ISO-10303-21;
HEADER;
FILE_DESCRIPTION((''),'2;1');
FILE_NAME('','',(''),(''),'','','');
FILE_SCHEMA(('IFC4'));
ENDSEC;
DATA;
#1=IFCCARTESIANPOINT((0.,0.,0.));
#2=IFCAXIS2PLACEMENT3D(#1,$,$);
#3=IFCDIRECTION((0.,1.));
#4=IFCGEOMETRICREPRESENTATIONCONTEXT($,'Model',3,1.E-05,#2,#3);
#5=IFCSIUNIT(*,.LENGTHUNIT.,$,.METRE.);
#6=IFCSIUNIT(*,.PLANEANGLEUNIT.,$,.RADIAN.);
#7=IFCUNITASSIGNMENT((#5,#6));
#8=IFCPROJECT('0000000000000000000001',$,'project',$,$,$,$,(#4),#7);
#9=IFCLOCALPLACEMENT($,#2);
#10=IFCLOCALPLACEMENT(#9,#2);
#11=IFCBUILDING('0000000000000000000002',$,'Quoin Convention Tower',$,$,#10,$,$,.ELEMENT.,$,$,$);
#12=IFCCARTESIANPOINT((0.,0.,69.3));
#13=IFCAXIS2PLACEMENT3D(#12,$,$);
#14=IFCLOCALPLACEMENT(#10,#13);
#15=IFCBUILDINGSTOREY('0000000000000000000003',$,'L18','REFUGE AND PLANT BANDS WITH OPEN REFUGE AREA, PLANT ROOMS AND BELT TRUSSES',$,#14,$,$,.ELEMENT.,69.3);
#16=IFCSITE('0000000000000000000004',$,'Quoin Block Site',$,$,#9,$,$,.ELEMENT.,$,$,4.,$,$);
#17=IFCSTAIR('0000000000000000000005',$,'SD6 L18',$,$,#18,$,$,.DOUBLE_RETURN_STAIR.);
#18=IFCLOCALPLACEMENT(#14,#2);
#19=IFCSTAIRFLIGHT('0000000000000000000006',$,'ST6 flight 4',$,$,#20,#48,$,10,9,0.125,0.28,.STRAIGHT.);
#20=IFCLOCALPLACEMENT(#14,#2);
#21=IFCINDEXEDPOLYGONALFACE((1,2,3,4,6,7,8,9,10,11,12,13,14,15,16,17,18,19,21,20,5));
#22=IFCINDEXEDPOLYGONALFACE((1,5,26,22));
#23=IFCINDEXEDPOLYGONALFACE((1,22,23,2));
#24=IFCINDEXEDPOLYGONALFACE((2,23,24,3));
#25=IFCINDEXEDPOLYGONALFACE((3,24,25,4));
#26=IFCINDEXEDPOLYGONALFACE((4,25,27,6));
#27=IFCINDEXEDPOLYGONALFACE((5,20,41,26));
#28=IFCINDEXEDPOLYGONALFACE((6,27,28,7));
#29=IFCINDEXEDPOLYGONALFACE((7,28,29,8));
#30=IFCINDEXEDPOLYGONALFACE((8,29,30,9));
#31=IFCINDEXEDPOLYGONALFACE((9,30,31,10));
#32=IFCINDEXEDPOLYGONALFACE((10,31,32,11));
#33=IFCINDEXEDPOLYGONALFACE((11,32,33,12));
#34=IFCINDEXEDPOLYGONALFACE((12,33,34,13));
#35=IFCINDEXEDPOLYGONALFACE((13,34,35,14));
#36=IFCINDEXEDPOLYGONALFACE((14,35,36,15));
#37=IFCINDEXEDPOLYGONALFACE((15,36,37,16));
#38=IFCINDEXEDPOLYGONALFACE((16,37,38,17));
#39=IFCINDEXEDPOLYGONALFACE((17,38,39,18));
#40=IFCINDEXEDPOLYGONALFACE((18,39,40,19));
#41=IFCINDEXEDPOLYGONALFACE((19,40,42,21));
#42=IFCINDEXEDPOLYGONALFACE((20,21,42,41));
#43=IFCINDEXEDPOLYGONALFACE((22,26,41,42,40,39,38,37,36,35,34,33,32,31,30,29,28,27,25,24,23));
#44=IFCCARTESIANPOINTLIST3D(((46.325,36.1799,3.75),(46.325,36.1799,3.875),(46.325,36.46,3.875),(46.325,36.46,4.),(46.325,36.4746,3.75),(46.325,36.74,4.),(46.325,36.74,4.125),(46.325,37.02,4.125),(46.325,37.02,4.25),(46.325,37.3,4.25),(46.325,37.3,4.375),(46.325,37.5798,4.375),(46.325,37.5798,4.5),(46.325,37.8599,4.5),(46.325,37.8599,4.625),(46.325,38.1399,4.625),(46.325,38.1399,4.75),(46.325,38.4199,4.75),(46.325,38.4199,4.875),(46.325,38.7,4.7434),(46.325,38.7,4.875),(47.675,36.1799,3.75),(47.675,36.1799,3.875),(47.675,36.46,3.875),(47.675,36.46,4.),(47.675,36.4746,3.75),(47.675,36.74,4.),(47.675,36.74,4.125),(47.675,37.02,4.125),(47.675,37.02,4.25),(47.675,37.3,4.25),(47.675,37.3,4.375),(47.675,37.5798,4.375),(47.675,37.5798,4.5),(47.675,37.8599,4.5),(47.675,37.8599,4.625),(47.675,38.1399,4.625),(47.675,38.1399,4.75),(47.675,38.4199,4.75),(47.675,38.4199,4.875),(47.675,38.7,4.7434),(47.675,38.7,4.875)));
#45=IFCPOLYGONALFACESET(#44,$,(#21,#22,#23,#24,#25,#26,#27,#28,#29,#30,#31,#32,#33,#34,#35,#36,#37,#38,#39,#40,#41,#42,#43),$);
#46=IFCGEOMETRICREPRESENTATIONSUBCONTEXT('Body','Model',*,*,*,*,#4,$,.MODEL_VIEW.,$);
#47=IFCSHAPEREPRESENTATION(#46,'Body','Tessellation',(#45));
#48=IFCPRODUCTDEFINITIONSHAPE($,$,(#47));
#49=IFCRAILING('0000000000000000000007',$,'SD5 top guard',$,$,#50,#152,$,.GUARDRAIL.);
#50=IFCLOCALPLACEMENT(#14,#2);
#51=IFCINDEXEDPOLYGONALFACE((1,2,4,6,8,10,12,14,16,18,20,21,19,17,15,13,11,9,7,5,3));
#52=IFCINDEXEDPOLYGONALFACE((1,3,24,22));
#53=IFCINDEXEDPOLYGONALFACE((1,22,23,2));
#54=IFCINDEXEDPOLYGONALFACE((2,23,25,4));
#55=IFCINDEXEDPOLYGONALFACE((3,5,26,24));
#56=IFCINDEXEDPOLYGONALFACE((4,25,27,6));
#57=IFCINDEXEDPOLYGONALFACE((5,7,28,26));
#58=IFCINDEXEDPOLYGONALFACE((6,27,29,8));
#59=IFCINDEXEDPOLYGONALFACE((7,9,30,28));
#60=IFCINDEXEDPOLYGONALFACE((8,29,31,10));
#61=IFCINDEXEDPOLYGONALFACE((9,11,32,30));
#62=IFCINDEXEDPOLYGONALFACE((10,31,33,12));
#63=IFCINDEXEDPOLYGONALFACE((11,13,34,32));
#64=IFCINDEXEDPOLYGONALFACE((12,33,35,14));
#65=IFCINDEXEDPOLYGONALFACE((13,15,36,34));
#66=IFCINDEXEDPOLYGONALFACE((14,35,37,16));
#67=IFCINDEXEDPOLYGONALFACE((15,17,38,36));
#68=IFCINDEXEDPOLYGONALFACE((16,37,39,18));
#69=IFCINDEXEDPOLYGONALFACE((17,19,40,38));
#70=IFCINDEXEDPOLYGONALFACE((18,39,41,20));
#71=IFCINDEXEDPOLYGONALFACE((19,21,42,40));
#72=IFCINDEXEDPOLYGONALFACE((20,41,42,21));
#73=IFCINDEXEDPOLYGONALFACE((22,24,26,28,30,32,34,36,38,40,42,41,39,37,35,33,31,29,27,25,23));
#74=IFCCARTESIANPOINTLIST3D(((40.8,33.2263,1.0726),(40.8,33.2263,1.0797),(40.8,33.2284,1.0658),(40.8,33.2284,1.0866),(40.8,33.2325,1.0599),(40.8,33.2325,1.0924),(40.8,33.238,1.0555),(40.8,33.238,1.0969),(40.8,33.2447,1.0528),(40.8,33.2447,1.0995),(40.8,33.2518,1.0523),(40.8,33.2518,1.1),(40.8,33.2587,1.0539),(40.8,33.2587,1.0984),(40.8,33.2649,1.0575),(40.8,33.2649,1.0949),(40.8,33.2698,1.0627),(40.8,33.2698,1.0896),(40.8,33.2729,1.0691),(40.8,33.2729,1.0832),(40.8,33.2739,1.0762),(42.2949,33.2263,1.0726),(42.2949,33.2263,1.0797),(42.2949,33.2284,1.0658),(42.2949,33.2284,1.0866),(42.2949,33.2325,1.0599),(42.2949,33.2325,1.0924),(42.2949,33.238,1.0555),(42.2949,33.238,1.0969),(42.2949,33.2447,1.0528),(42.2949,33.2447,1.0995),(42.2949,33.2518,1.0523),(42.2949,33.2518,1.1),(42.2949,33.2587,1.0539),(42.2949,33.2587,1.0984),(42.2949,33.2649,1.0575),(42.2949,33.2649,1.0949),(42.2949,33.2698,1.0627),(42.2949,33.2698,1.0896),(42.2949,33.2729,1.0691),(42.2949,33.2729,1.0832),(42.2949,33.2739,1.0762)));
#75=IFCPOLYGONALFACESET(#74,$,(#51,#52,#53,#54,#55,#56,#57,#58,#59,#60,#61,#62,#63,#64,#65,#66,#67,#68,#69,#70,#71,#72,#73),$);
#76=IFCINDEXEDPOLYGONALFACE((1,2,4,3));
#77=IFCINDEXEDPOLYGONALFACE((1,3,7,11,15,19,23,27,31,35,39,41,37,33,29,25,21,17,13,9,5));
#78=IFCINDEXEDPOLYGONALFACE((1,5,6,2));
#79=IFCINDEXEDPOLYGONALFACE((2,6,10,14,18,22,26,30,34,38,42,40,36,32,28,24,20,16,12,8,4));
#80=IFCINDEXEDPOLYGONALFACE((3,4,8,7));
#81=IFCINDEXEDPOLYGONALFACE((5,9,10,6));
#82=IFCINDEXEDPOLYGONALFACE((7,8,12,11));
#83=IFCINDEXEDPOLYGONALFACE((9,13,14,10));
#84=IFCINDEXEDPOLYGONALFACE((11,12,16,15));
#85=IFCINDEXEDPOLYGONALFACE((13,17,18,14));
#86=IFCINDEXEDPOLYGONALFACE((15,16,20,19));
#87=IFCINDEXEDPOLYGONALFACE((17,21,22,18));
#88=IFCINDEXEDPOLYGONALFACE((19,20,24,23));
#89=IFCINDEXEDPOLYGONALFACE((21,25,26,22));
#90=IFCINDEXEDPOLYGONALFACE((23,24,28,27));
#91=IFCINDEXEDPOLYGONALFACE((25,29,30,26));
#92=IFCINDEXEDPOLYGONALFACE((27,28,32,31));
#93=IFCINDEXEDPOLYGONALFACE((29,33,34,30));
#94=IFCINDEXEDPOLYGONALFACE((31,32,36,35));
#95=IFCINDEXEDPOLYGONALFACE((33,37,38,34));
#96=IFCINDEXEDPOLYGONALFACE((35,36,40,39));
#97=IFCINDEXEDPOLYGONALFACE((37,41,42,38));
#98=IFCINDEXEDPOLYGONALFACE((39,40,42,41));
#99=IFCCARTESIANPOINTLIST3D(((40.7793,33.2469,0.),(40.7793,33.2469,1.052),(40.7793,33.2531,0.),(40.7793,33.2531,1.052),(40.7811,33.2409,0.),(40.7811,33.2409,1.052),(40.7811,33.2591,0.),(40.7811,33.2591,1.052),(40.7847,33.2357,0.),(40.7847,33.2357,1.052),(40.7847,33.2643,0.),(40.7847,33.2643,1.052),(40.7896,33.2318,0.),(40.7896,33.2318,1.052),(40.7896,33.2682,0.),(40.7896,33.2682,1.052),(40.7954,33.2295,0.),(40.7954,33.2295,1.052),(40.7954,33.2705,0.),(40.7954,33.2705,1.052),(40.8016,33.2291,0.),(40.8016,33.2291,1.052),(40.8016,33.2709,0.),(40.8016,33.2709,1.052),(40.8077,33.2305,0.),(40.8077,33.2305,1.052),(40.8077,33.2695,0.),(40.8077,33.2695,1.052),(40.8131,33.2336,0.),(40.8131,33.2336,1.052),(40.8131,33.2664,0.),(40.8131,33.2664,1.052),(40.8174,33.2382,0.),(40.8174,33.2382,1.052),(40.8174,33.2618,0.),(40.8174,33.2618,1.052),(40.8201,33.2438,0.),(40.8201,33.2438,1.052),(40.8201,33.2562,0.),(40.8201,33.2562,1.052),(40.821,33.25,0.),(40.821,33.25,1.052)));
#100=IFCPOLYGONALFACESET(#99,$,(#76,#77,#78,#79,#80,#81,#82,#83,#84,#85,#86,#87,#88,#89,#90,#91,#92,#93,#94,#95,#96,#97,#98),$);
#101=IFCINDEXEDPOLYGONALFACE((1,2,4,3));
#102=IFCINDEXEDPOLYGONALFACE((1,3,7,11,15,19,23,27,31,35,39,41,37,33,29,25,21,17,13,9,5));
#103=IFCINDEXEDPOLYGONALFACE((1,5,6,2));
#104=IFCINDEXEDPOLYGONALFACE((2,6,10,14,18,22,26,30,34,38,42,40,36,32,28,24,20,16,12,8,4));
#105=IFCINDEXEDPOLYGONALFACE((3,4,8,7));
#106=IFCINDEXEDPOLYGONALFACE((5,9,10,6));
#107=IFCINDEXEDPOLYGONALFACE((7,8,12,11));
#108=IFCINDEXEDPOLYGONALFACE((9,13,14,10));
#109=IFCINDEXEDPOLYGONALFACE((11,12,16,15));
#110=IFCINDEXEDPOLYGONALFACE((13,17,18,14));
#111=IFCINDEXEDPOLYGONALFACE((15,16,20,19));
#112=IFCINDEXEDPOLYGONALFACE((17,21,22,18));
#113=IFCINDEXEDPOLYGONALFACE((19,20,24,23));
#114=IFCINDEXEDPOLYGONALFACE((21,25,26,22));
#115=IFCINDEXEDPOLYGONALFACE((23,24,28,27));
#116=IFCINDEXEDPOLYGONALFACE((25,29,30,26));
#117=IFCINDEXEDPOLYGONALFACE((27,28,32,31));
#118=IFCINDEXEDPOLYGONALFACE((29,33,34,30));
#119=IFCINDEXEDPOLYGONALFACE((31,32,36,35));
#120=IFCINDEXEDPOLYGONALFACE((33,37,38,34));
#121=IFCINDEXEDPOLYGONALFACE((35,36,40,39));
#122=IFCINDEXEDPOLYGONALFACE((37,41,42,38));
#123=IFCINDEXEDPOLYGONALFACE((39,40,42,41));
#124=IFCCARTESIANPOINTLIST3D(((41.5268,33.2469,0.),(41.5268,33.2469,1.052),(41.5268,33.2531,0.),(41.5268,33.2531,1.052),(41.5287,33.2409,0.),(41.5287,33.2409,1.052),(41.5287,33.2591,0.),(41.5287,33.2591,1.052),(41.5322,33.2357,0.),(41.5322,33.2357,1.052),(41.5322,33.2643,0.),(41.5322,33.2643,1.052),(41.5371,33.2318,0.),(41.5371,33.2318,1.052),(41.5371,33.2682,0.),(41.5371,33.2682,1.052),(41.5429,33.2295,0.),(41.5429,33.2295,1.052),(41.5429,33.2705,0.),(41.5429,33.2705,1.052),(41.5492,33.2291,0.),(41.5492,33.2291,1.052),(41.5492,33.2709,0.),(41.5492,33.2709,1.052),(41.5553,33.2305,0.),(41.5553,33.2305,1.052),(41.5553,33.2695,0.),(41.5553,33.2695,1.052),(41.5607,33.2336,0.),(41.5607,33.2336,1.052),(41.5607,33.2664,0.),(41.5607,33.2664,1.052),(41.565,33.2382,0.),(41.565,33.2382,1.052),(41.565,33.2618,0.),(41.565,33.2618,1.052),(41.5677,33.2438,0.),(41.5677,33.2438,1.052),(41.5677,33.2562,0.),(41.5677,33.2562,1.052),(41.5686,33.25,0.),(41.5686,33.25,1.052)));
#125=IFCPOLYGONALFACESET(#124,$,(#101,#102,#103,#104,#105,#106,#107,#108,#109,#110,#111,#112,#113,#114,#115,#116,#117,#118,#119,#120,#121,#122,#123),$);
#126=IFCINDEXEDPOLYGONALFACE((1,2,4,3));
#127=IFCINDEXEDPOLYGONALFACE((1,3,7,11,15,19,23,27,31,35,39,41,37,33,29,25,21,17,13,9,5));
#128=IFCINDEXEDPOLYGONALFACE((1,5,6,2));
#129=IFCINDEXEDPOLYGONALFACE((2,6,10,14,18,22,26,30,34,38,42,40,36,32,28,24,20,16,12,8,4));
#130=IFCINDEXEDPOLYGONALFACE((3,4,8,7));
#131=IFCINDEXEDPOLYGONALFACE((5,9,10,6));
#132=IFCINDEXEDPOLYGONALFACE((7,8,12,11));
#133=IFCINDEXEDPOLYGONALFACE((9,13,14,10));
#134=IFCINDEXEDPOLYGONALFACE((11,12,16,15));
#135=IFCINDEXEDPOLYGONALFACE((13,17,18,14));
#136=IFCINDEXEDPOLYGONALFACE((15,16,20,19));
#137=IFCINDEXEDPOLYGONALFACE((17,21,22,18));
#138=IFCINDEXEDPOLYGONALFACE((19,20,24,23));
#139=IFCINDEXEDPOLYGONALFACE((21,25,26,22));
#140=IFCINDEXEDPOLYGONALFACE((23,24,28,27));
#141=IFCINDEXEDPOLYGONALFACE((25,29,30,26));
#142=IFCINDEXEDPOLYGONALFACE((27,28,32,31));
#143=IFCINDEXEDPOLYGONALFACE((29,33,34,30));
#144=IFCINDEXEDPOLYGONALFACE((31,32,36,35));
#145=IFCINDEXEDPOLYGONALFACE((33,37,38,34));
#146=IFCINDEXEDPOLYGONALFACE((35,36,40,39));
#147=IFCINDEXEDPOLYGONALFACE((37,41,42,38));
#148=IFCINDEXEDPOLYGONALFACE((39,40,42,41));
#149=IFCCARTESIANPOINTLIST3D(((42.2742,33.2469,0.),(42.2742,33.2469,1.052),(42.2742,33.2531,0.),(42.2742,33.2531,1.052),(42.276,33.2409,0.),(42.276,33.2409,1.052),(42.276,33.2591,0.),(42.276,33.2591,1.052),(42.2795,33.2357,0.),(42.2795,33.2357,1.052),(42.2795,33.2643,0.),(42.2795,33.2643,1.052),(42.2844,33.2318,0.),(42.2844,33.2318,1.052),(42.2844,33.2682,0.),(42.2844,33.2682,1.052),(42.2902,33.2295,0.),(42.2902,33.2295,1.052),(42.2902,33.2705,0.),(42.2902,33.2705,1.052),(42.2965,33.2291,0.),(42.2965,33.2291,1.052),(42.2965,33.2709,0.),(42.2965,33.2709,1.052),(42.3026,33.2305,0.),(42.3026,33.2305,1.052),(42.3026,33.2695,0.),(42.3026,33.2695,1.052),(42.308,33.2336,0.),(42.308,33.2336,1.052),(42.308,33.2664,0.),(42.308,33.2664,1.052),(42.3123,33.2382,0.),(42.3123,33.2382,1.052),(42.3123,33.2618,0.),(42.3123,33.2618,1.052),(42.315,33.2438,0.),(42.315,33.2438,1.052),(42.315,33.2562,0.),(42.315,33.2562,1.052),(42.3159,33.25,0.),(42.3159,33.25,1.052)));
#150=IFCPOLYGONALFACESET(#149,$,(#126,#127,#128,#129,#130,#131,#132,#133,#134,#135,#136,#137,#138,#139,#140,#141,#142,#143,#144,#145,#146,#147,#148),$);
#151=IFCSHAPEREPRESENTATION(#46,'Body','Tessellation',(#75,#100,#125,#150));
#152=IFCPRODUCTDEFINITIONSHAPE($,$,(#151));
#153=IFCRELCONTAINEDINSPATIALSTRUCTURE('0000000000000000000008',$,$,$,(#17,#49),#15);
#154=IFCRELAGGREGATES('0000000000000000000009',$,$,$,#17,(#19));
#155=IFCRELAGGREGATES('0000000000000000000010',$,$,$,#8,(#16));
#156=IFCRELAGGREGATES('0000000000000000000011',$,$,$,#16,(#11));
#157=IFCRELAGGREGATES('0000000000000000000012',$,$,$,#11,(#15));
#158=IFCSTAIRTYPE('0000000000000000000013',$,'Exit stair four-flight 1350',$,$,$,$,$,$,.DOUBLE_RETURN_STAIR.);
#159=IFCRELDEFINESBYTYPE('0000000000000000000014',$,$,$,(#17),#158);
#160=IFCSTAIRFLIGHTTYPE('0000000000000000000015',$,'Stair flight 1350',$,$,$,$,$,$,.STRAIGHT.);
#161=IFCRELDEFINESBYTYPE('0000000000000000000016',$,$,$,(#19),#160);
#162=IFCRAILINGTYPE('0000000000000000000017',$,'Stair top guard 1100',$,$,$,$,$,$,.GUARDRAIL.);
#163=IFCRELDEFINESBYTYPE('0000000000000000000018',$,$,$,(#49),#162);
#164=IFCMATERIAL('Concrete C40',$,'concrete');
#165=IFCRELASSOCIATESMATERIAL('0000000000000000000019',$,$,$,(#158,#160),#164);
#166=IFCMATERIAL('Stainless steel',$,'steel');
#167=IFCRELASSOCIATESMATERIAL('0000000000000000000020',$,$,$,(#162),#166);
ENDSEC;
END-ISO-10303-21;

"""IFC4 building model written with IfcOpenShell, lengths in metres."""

from ifc_helpers import new_model, si_unit, direction, frame, origin, origin_2d, place, context, subcontext, project, spatial, polyline, circle, outline, extrude, material, type_object, element, aggregate, save


model = new_model("IFC4")

# Units and contexts
model_context = context("Model", 3, precision=1e-05, world=origin(), true_north=direction((0.0, 1.0)))
body_context = subcontext(model_context, "Body", "Model", "MODEL_VIEW")
ifc_project = project(units=[si_unit("LENGTHUNIT", "METRE"), si_unit("PLANEANGLEUNIT", "RADIAN")], contexts=[model_context])

# Site, building, storey
site_placement = place(None, origin())
site = spatial("IfcSite", under=ifc_project, at=site_placement, Name="Quoin Block Site", CompositionType="ELEMENT", RefElevation=4.0)
building_placement = place(site_placement, origin())
building = spatial("IfcBuilding", under=site, at=building_placement, Name="Quoin Convention Tower", CompositionType="ELEMENT")
storey_placement = place(building_placement, frame((0.0, 0.0, 69.3)))
storey = spatial("IfcBuildingStorey", under=building, at=storey_placement, Name="L18", Description="REFUGE AND PLANT BANDS WITH OPEN REFUGE AREA, PLANT ROOMS AND BELT TRUSSES", CompositionType="ELEMENT", Elevation=69.3)

# Stair, stair flight
ifc_material_1 = material(Name="Concrete C40", Category="concrete")
stair_type = type_object("IfcStairType", Name="Exit stair four-flight 1350", PredefinedType="DOUBLE_RETURN_STAIR", material=ifc_material_1)
stair_flight_type = type_object("IfcStairFlightType", Name="Stair flight 1350", PredefinedType="STRAIGHT", material=ifc_material_1)
stair_1_placement = place(storey_placement, origin())
stair_1 = element("IfcStair", 1, at=stair_1_placement, inside=storey, type_object=stair_type, Name="SD6 L18", PredefinedType="DOUBLE_RETURN_STAIR")
stair_flight_1_placement = place(storey_placement, frame((47.0, 36.1799, 3.75), z_axis=(0.0, 0.0, 1.0), x_axis=(0.0, 1.0, 0.0)))
stair_flight_1 = element("IfcStairFlight", 2, at=stair_flight_1_placement, type_object=stair_flight_type, Name="ST6 flight 4", NumberOfRisers=10, NumberOfTreads=9, PredefinedType="STRAIGHT", RiserHeight=0.125, TreadLength=0.28, context=body_context, shape_type="SweptSolid", body=[
    extrude(outline(polyline([(0.0, 0.0), (0.0, 0.125), (0.28, 0.125), (0.28, 0.25), (0.5601, 0.25), (0.5601, 0.375), (0.8401, 0.375), (0.8401, 0.5), (1.1201, 0.5), (1.1201, 0.625), (1.3999, 0.625), (1.3999, 0.75), (1.6799, 0.75), (1.6799, 0.875), (1.96, 0.875), (1.96, 1.0), (2.24, 1.0), (2.24, 1.125), (2.52, 1.125), (2.52, 1.25), (2.52, 0.9934), (0.2947, 0.0), (0.0, 0.0)])), frame((0.0, 0.675, 0.0), z_axis=(0.0, -1.0, 0.0), x_axis=(1.0, 0.0, 0.0)), (0.0, 0.0, 1.0), 1.3501),
])
aggregate(stair_1, [stair_flight_1])

# Railing
ifc_material_2 = material(Name="Stainless steel", Category="steel")
railing_type_1 = type_object("IfcRailingType", Name="Stair top guard 1100", PredefinedType="GUARDRAIL", material=ifc_material_2)
railing_1_placement = place(storey_placement, frame((40.8, 33.25, 0.0)))
element("IfcRailing", 3, at=railing_1_placement, inside=storey, type_object=railing_type_1, Name="SD5 top guard", PredefinedType="GUARDRAIL", context=body_context, shape_type="SweptSolid", body=[
    extrude(circle(Radius=0.0239, at=origin_2d()), frame((0.0, 0.0, 1.0762), z_axis=(1.0, 0.0, 0.0), x_axis=(0.0, 1.0, 0.0)), (0.0, 0.0, 1.0), 1.4949),
    extrude(circle(Radius=0.021, at=origin_2d()), origin(), (0.0, 0.0, 1.0), 1.052),
    extrude(circle(Radius=0.021, at=origin_2d()), frame((0.7476, 0.0, 0.0)), (0.0, 0.0, 1.0), 1.052),
    extrude(circle(Radius=0.021, at=origin_2d()), frame((1.4949, 0.0, 0.0)), (0.0, 0.0, 1.0), 1.052),
])

save(model, "model.ifc")
